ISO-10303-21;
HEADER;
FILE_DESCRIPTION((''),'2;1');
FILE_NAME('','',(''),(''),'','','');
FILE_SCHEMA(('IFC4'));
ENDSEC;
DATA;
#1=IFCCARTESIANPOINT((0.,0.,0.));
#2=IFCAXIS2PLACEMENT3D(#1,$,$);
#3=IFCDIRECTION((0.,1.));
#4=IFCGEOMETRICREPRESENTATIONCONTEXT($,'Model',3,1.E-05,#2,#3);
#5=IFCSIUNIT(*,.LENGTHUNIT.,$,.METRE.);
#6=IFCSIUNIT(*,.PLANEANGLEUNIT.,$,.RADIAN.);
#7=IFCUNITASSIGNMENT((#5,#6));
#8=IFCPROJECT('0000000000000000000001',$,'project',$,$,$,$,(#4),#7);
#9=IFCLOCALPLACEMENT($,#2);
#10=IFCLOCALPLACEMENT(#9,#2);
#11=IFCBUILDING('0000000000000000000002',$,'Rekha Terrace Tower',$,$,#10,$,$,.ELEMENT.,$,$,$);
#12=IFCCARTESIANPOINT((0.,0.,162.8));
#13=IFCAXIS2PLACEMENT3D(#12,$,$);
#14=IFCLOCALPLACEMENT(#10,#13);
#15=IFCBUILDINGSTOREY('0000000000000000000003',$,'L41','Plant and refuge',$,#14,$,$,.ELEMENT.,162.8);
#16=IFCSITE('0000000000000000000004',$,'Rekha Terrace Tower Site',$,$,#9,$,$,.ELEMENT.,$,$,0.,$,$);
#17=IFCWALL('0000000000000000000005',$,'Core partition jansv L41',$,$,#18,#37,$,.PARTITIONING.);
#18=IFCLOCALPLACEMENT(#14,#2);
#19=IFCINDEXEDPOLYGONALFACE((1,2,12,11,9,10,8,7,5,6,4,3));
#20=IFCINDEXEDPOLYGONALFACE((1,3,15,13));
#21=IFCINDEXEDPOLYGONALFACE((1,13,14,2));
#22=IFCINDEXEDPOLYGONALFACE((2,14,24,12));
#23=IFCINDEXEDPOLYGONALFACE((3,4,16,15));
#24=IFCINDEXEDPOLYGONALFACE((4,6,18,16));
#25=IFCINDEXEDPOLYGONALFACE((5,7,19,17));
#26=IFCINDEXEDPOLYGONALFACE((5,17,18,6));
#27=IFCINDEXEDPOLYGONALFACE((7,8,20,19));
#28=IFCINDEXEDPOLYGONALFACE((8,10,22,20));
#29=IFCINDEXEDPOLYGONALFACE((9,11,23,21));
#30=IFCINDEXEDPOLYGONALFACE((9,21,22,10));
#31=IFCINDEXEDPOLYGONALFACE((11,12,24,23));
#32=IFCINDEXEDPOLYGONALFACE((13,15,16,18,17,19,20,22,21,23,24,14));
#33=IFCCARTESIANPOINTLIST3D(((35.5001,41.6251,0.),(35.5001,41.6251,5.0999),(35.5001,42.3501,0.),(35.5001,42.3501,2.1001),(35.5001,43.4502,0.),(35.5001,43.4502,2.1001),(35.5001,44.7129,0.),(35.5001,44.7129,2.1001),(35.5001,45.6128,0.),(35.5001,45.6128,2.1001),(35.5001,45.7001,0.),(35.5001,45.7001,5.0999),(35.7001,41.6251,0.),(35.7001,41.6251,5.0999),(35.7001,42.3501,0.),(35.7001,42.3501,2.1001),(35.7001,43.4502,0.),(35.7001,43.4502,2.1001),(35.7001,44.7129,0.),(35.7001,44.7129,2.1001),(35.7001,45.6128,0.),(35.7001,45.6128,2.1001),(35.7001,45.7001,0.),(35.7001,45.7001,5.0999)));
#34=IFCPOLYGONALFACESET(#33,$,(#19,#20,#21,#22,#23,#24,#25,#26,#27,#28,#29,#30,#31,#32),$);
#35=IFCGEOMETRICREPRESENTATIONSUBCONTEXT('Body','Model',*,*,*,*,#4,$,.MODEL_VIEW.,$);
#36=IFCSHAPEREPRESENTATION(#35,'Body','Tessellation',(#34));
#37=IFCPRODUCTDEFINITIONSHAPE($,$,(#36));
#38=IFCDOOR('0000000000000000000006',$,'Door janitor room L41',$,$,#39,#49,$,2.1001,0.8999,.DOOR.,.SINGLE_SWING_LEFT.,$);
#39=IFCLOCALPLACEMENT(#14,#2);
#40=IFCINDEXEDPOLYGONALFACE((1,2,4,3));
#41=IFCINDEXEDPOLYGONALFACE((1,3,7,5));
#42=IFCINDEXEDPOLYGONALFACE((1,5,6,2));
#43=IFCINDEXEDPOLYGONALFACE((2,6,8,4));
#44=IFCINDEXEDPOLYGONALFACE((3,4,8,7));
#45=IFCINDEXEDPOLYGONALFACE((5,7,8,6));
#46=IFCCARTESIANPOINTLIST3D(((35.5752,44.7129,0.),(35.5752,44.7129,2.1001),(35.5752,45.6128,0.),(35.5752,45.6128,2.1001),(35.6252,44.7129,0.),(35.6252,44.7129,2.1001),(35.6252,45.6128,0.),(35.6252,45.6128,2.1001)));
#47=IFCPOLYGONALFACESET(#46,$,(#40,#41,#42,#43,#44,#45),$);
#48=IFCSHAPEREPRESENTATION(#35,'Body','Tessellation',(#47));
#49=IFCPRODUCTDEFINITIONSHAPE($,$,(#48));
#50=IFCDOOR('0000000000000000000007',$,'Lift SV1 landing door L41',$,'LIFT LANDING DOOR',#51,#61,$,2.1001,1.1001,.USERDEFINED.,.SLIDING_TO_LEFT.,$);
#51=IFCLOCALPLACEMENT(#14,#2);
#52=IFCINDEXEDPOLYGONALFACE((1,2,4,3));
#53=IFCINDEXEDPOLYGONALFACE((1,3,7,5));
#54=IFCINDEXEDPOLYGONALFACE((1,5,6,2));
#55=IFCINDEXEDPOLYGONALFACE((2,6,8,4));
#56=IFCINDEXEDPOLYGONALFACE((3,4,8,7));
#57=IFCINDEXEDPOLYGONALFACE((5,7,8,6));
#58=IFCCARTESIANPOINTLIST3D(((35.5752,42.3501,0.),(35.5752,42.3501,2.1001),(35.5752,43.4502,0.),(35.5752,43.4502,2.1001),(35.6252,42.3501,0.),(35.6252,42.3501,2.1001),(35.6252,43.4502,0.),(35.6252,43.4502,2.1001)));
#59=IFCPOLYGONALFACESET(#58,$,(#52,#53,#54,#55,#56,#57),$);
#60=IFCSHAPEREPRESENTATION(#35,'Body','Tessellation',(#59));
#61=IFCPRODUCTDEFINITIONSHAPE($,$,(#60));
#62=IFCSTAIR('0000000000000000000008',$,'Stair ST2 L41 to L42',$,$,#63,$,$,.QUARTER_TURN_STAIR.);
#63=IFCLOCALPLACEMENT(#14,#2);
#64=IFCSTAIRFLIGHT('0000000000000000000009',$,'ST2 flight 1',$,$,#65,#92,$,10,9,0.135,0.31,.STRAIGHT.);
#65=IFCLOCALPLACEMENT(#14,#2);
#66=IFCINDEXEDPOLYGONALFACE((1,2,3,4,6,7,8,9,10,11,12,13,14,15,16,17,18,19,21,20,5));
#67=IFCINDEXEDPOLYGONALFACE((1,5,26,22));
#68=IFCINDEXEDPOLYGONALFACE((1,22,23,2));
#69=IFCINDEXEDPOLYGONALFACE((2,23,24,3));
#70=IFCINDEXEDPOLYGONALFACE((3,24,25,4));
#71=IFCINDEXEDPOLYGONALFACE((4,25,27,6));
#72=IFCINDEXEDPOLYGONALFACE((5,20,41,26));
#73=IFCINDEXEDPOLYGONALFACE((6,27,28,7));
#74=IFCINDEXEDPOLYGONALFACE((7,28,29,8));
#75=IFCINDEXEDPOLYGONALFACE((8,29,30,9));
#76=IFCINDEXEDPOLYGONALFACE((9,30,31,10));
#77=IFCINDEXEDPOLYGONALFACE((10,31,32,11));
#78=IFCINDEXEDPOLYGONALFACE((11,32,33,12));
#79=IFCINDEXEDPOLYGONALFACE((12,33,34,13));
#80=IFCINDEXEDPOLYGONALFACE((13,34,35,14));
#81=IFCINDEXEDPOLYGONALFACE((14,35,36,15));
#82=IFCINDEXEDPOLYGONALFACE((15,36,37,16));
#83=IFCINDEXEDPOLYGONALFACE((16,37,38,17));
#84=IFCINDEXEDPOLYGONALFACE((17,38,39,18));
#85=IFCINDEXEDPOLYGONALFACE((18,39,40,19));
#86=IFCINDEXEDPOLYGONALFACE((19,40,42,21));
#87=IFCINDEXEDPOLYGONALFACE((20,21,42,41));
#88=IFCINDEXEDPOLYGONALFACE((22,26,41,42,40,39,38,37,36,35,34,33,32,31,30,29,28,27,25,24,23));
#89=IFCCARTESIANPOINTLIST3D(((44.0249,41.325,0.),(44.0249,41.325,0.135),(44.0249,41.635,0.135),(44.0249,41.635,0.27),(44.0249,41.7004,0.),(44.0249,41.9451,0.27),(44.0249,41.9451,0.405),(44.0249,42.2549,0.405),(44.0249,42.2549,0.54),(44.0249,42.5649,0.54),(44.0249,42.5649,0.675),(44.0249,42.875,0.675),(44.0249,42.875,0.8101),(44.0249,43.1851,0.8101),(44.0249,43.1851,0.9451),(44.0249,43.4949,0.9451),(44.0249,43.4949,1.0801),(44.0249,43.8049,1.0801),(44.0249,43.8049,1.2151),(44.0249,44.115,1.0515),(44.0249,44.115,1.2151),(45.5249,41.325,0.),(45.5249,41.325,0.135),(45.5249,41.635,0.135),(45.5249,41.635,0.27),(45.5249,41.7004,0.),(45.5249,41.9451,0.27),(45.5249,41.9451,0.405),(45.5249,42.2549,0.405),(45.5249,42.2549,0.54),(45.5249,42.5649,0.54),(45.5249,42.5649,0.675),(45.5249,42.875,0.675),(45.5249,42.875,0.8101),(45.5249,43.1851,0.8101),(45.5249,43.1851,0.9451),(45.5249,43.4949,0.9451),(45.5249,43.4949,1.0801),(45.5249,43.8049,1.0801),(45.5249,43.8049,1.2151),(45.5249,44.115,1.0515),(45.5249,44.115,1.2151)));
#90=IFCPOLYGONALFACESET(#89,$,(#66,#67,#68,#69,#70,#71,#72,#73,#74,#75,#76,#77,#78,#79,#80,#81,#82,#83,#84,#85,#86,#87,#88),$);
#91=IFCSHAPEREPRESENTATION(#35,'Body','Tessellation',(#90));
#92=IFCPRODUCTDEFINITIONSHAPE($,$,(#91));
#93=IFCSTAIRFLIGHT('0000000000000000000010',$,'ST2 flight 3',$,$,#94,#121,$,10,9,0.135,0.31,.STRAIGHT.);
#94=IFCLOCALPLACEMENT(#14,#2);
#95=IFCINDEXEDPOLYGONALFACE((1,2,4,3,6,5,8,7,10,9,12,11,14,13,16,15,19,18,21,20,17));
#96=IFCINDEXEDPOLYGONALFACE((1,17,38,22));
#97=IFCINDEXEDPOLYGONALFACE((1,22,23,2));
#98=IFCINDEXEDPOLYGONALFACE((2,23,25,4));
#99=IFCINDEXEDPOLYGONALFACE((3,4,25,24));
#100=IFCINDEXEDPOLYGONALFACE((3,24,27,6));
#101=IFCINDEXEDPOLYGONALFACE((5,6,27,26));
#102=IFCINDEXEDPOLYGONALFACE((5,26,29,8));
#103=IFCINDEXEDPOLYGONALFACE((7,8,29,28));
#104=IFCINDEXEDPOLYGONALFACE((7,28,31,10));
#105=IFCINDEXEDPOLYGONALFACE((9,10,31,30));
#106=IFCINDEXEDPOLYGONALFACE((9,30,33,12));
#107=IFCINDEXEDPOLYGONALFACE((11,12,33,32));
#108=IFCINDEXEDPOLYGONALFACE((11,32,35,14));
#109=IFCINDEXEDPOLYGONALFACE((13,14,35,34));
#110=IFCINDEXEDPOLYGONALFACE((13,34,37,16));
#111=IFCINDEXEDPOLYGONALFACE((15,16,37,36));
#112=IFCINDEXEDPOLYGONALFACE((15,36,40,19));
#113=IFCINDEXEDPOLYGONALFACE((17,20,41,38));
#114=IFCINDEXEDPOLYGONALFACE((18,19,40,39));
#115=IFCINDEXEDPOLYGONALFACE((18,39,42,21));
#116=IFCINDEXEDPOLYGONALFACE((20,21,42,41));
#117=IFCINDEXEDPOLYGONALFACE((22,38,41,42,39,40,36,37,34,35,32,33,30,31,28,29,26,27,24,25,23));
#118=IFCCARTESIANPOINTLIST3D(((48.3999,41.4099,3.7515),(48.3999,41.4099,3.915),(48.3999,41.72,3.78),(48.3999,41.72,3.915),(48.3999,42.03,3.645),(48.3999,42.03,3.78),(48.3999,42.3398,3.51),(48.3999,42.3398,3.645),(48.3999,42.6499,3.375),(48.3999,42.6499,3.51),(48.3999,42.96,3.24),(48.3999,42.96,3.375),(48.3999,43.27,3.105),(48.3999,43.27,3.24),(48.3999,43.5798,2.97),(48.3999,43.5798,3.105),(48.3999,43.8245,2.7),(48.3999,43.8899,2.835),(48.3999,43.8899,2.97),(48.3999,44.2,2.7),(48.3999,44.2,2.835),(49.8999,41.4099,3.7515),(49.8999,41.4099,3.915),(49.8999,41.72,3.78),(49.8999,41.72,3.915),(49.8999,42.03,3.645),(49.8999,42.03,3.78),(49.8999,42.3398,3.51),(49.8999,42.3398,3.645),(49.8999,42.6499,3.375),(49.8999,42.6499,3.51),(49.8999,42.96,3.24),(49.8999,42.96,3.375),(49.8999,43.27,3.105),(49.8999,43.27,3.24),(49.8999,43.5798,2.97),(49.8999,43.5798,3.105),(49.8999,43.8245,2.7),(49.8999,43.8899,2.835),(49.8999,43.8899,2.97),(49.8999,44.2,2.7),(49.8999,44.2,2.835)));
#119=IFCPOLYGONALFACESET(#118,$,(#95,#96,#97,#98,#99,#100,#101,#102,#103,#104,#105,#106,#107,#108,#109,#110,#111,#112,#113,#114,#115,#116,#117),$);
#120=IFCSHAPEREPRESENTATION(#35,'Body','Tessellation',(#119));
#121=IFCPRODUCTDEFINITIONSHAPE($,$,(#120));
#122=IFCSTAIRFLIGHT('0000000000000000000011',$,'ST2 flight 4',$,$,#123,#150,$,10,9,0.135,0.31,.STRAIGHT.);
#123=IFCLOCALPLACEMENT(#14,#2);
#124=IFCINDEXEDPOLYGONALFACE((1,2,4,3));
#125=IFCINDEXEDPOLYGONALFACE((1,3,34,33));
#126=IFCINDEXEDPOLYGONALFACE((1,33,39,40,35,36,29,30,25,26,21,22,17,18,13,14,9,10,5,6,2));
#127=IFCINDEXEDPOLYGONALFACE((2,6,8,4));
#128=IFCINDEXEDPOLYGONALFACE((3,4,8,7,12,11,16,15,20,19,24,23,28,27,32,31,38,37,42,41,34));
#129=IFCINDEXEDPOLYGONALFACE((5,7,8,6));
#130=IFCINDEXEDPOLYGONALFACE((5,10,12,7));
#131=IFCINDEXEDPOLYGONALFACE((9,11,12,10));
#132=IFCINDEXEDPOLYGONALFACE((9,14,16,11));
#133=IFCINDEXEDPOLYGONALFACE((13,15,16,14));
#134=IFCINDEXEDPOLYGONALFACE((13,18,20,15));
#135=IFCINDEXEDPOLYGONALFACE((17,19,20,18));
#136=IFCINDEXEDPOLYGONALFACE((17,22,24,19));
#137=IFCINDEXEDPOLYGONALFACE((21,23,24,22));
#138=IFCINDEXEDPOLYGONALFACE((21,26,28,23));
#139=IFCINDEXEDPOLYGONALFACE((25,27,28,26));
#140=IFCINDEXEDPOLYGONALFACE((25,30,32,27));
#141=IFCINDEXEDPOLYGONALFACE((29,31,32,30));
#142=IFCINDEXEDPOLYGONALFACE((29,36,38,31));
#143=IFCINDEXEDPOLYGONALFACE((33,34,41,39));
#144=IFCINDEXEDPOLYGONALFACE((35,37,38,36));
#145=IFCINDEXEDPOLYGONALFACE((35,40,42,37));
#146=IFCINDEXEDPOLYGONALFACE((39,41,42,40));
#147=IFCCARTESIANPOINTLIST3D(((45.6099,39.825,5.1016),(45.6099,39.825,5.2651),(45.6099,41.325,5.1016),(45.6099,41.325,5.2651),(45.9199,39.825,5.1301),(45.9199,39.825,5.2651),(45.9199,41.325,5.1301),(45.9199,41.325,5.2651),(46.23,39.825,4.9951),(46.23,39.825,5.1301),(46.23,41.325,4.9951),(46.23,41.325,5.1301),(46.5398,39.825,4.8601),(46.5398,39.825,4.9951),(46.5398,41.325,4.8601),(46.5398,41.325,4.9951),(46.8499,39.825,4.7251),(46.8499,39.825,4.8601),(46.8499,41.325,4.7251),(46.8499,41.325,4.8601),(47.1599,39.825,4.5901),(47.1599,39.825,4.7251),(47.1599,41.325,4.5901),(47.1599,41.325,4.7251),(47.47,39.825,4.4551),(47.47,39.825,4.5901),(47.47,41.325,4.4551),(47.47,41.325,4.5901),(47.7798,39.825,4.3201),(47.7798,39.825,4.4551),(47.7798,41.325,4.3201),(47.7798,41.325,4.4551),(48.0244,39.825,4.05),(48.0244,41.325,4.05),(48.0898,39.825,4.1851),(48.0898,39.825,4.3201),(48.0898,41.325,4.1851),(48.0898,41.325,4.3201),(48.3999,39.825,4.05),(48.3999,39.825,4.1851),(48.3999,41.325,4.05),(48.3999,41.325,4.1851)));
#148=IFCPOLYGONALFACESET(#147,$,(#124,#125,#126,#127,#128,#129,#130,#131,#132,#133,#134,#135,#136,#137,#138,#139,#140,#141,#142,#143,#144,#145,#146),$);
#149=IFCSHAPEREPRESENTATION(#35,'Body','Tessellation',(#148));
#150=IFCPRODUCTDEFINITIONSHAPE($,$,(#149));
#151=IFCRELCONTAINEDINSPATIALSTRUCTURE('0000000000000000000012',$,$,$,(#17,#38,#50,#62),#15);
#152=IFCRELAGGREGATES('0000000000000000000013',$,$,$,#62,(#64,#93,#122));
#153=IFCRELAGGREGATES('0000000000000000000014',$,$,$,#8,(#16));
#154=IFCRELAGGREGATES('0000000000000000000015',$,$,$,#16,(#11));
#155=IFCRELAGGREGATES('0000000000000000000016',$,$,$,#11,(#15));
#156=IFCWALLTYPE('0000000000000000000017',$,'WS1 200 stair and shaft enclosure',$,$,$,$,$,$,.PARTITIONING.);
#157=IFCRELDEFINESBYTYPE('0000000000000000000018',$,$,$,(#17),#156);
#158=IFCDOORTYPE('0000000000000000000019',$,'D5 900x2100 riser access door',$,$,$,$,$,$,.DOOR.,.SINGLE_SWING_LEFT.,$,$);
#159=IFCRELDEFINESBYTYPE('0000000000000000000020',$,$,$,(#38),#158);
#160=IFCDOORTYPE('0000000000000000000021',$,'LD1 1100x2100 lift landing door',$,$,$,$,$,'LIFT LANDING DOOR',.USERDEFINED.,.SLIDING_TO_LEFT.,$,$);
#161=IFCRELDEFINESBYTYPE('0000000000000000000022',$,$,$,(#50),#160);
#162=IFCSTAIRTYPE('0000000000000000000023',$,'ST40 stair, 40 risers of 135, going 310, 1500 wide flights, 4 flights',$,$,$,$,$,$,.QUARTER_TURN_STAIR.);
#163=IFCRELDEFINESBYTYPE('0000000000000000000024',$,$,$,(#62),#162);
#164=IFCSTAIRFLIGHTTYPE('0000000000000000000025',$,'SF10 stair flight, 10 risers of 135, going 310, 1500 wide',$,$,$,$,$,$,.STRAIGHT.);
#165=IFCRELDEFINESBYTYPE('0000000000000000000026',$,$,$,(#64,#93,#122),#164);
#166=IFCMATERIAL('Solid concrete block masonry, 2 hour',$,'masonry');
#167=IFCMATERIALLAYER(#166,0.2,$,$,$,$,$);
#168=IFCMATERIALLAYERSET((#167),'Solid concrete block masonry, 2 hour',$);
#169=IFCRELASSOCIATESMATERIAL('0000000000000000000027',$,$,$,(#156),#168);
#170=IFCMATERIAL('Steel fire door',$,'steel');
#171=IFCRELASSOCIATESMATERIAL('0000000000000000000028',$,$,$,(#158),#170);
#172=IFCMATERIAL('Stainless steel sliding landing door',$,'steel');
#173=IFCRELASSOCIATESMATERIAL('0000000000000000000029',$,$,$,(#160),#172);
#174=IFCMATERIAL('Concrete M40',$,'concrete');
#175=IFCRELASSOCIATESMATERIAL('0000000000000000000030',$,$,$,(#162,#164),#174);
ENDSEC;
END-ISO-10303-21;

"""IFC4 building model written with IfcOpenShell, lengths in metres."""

from ifc_helpers import new_model, si_unit, direction, frame, frame_2d, origin, place, context, subcontext, project, spatial, polyline, rectangle, outline, extrude, material, layer, layer_set, type_object, element, fill, aggregate, save


model = new_model("IFC4")

# Units and contexts
model_context = context("Model", 3, precision=1e-05, world=origin(), true_north=direction((0.0, 1.0)))
body_context = subcontext(model_context, "Body", "Model", "MODEL_VIEW")
ifc_project = project(units=[si_unit("LENGTHUNIT", "METRE"), si_unit("PLANEANGLEUNIT", "RADIAN")], contexts=[model_context])

# Site, building, storey
site_placement = place(None, origin())
site = spatial("IfcSite", under=ifc_project, at=site_placement, Name="Rekha Terrace Tower Site", CompositionType="ELEMENT", RefElevation=0.0)
building_placement = place(site_placement, origin())
building = spatial("IfcBuilding", under=site, at=building_placement, Name="Rekha Terrace Tower", CompositionType="ELEMENT")
storey_placement = place(building_placement, frame((0.0, 0.0, 162.8)))
storey = spatial("IfcBuildingStorey", under=building, at=storey_placement, Name="L41", Description="Plant and refuge", CompositionType="ELEMENT", Elevation=162.8)

# Shared definitions
ifc_material_1 = material(Name="Steel fire door", Category="steel")

# Shared definitions
ifc_material_2 = material(Name="Solid concrete block masonry, 2 hour", Category="masonry")
ifc_layer_1 = layer(ifc_material_2, 0.2)
ifc_layer_set_1 = layer_set([ifc_layer_1], Name="Solid concrete block masonry, 2 hour")
wall_type_1 = type_object("IfcWallType", Name="WS1 200 stair and shaft enclosure", PredefinedType="PARTITIONING", material=ifc_layer_set_1)

# Shared definitions
door_type_1 = type_object("IfcDoorType", Name="D5 900x2100 riser access door", OperationType="SINGLE_SWING_LEFT", PredefinedType="DOOR", material=ifc_material_1)

# Wall, openings, doors
wall_1_placement = place(storey_placement, frame((35.6001, 41.625, 0.0), z_axis=(0.0, 0.0, 1.0), x_axis=(0.0, 1.0, 0.0)))
wall_1 = element("IfcWall", 1, at=wall_1_placement, inside=storey, type_object=wall_type_1, Name="Core partition jansv L41", PredefinedType="PARTITIONING", context=body_context, shape_type="SweptSolid", body=[
    extrude(rectangle(XDim=4.075, YDim=0.2, at=frame_2d((2.0376, 0.0))), origin(), (0.0, 0.0, 1.0), 5.0999),
])
opening_1_placement = place(wall_1_placement, frame((3.0879, 0.0, 0.0)))
opening_1 = element("IfcOpeningElement", 2, at=opening_1_placement, cuts=wall_1, PredefinedType="OPENING", context=body_context, shape_type="SweptSolid", body=[
    extrude(rectangle(XDim=0.8999, YDim=2.1001, at=frame_2d((0.45, 1.05))), frame((0.0, 0.1099, 0.0), z_axis=(0.0, -1.0, 0.0), x_axis=(1.0, 0.0, 0.0)), (0.0, 0.0, 1.0), 0.22),
])
opening_2_placement = place(wall_1_placement, frame((0.7251, 0.0, 0.0)))
opening_2 = element("IfcOpeningElement", 3, at=opening_2_placement, cuts=wall_1, PredefinedType="OPENING", context=body_context, shape_type="SweptSolid", body=[
    extrude(rectangle(XDim=1.1001, YDim=2.1001, at=frame_2d((0.55, 1.05))), frame((0.0, 0.1099, 0.0), z_axis=(0.0, -1.0, 0.0), x_axis=(1.0, 0.0, 0.0)), (0.0, 0.0, 1.0), 0.22),
])
door_1_placement = place(opening_1_placement, origin())
door_1 = element("IfcDoor", 4, at=door_1_placement, inside=storey, type_object=door_type_1, Name="Door janitor room L41", OperationType="SINGLE_SWING_LEFT", OverallHeight=2.1001, OverallWidth=0.8999, PredefinedType="DOOR", context=body_context, shape_type="SweptSolid", body=[
    extrude(rectangle(XDim=0.8999, YDim=2.1001, at=frame_2d((0.45, 1.05))), frame((0.0, 0.0249, 0.0), z_axis=(0.0, -1.0, 0.0), x_axis=(1.0, 0.0, 0.0)), (0.0, 0.0, 1.0), 0.05),
])
fill(opening_1, door_1)
ifc_material_3 = material(Name="Stainless steel sliding landing door", Category="steel")
door_type_2 = type_object("IfcDoorType", Name="LD1 1100x2100 lift landing door", ElementType="LIFT LANDING DOOR", OperationType="SLIDING_TO_LEFT", PredefinedType="USERDEFINED", material=ifc_material_3)
door_2_placement = place(opening_2_placement, origin())
door_2 = element("IfcDoor", 5, at=door_2_placement, inside=storey, type_object=door_type_2, Name="Lift SV1 landing door L41", ObjectType="LIFT LANDING DOOR", OperationType="SLIDING_TO_LEFT", OverallHeight=2.1001, OverallWidth=1.1001, PredefinedType="USERDEFINED", context=body_context, shape_type="SweptSolid", body=[
    extrude(rectangle(XDim=1.1001, YDim=2.1001, at=frame_2d((0.55, 1.05))), frame((0.0, 0.0249, 0.0), z_axis=(0.0, -1.0, 0.0), x_axis=(1.0, 0.0, 0.0)), (0.0, 0.0, 1.0), 0.05),
])
fill(opening_2, door_2)

# Stair, stair flights
ifc_material_4 = material(Name="Concrete M40", Category="concrete")
stair_type = type_object("IfcStairType", Name="ST40 stair, 40 risers of 135, going 310, 1500 wide flights, 4 flights", PredefinedType="QUARTER_TURN_STAIR", material=ifc_material_4)
stair_placement = place(storey_placement, origin())
stair = element("IfcStair", 6, at=stair_placement, inside=storey, type_object=stair_type, Name="Stair ST2 L41 to L42", PredefinedType="QUARTER_TURN_STAIR")
stair_flight_type = type_object("IfcStairFlightType", Name="SF10 stair flight, 10 risers of 135, going 310, 1500 wide", PredefinedType="STRAIGHT", material=ifc_material_4)
stair_flight_1_placement = place(storey_placement, frame((44.7749, 41.325, 0.0), z_axis=(0.0, 0.0, 1.0), x_axis=(0.0, 1.0, 0.0)))
stair_flight_1 = element("IfcStairFlight", 7, at=stair_flight_1_placement, type_object=stair_flight_type, Name="ST2 flight 1", NumberOfRisers=10, NumberOfTreads=9, PredefinedType="STRAIGHT", RiserHeight=0.135, TreadLength=0.31, context=body_context, shape_type="SweptSolid", body=[
    extrude(outline(polyline([(0.0, 0.0), (0.0, 0.135), (0.3101, 0.135), (0.3101, 0.27), (0.6201, 0.27), (0.6201, 0.405), (0.9299, 0.405), (0.9299, 0.54), (1.24, 0.54), (1.24, 0.675), (1.55, 0.675), (1.55, 0.8101), (1.8601, 0.8101), (1.8601, 0.9451), (2.1699, 0.9451), (2.1699, 1.0801), (2.48, 1.0801), (2.48, 1.2151), (2.79, 1.2151), (2.79, 1.3501), (2.79, 1.0515), (0.3755, 0.0), (0.0, 0.0)])), frame((0.0, 0.75, 0.0), z_axis=(0.0, -1.0, 0.0), x_axis=(1.0, 0.0, 0.0)), (0.0, 0.0, 1.0), 1.5),
])
stair_flight_2_placement = place(storey_placement, frame((49.1499, 44.2, 2.7), z_axis=(0.0, 0.0, 1.0), x_axis=(0.0, -1.0, 0.0)))
stair_flight_2 = element("IfcStairFlight", 8, at=stair_flight_2_placement, type_object=stair_flight_type, Name="ST2 flight 3", NumberOfRisers=10, NumberOfTreads=9, PredefinedType="STRAIGHT", RiserHeight=0.135, TreadLength=0.31, context=body_context, shape_type="SweptSolid", body=[
    extrude(outline(polyline([(0.0, 0.0), (0.0, 0.135), (0.3101, 0.135), (0.3101, 0.27), (0.6201, 0.27), (0.6201, 0.405), (0.9299, 0.405), (0.9299, 0.54), (1.24, 0.54), (1.24, 0.675), (1.55, 0.675), (1.55, 0.8101), (1.8601, 0.8101), (1.8601, 0.9451), (2.1699, 0.9451), (2.1699, 1.0801), (2.48, 1.0801), (2.48, 1.2151), (2.79, 1.2151), (2.79, 1.3501), (2.79, 1.0515), (0.3755, 0.0), (0.0, 0.0)])), frame((0.0, 0.75, 0.0), z_axis=(0.0, -1.0, 0.0), x_axis=(1.0, 0.0, 0.0)), (0.0, 0.0, 1.0), 1.5),
])
stair_flight_3_placement = place(storey_placement, frame((48.3999, 40.575, 4.05), z_axis=(0.0, 0.0, 1.0), x_axis=(-1.0, 0.0, 0.0)))
stair_flight_3 = element("IfcStairFlight", 9, at=stair_flight_3_placement, type_object=stair_flight_type, Name="ST2 flight 4", NumberOfRisers=10, NumberOfTreads=9, PredefinedType="STRAIGHT", RiserHeight=0.135, TreadLength=0.31, context=body_context, shape_type="SweptSolid", body=[
    extrude(outline(polyline([(0.0, 0.0), (0.0, 0.135), (0.3101, 0.135), (0.3101, 0.27), (0.6201, 0.27), (0.6201, 0.405), (0.9299, 0.405), (0.9299, 0.54), (1.24, 0.54), (1.24, 0.675), (1.55, 0.675), (1.55, 0.8101), (1.8601, 0.8101), (1.8601, 0.9451), (2.1699, 0.9451), (2.1699, 1.0801), (2.48, 1.0801), (2.48, 1.2151), (2.79, 1.2151), (2.79, 1.3501), (2.79, 1.0515), (0.3755, 0.0), (0.0, 0.0)])), frame((0.0, 0.75, 0.0), z_axis=(0.0, -1.0, 0.0), x_axis=(1.0, 0.0, 0.0)), (0.0, 0.0, 1.0), 1.5),
])
aggregate(stair, [stair_flight_1, stair_flight_2, stair_flight_3])

save(model, "model.ifc")
